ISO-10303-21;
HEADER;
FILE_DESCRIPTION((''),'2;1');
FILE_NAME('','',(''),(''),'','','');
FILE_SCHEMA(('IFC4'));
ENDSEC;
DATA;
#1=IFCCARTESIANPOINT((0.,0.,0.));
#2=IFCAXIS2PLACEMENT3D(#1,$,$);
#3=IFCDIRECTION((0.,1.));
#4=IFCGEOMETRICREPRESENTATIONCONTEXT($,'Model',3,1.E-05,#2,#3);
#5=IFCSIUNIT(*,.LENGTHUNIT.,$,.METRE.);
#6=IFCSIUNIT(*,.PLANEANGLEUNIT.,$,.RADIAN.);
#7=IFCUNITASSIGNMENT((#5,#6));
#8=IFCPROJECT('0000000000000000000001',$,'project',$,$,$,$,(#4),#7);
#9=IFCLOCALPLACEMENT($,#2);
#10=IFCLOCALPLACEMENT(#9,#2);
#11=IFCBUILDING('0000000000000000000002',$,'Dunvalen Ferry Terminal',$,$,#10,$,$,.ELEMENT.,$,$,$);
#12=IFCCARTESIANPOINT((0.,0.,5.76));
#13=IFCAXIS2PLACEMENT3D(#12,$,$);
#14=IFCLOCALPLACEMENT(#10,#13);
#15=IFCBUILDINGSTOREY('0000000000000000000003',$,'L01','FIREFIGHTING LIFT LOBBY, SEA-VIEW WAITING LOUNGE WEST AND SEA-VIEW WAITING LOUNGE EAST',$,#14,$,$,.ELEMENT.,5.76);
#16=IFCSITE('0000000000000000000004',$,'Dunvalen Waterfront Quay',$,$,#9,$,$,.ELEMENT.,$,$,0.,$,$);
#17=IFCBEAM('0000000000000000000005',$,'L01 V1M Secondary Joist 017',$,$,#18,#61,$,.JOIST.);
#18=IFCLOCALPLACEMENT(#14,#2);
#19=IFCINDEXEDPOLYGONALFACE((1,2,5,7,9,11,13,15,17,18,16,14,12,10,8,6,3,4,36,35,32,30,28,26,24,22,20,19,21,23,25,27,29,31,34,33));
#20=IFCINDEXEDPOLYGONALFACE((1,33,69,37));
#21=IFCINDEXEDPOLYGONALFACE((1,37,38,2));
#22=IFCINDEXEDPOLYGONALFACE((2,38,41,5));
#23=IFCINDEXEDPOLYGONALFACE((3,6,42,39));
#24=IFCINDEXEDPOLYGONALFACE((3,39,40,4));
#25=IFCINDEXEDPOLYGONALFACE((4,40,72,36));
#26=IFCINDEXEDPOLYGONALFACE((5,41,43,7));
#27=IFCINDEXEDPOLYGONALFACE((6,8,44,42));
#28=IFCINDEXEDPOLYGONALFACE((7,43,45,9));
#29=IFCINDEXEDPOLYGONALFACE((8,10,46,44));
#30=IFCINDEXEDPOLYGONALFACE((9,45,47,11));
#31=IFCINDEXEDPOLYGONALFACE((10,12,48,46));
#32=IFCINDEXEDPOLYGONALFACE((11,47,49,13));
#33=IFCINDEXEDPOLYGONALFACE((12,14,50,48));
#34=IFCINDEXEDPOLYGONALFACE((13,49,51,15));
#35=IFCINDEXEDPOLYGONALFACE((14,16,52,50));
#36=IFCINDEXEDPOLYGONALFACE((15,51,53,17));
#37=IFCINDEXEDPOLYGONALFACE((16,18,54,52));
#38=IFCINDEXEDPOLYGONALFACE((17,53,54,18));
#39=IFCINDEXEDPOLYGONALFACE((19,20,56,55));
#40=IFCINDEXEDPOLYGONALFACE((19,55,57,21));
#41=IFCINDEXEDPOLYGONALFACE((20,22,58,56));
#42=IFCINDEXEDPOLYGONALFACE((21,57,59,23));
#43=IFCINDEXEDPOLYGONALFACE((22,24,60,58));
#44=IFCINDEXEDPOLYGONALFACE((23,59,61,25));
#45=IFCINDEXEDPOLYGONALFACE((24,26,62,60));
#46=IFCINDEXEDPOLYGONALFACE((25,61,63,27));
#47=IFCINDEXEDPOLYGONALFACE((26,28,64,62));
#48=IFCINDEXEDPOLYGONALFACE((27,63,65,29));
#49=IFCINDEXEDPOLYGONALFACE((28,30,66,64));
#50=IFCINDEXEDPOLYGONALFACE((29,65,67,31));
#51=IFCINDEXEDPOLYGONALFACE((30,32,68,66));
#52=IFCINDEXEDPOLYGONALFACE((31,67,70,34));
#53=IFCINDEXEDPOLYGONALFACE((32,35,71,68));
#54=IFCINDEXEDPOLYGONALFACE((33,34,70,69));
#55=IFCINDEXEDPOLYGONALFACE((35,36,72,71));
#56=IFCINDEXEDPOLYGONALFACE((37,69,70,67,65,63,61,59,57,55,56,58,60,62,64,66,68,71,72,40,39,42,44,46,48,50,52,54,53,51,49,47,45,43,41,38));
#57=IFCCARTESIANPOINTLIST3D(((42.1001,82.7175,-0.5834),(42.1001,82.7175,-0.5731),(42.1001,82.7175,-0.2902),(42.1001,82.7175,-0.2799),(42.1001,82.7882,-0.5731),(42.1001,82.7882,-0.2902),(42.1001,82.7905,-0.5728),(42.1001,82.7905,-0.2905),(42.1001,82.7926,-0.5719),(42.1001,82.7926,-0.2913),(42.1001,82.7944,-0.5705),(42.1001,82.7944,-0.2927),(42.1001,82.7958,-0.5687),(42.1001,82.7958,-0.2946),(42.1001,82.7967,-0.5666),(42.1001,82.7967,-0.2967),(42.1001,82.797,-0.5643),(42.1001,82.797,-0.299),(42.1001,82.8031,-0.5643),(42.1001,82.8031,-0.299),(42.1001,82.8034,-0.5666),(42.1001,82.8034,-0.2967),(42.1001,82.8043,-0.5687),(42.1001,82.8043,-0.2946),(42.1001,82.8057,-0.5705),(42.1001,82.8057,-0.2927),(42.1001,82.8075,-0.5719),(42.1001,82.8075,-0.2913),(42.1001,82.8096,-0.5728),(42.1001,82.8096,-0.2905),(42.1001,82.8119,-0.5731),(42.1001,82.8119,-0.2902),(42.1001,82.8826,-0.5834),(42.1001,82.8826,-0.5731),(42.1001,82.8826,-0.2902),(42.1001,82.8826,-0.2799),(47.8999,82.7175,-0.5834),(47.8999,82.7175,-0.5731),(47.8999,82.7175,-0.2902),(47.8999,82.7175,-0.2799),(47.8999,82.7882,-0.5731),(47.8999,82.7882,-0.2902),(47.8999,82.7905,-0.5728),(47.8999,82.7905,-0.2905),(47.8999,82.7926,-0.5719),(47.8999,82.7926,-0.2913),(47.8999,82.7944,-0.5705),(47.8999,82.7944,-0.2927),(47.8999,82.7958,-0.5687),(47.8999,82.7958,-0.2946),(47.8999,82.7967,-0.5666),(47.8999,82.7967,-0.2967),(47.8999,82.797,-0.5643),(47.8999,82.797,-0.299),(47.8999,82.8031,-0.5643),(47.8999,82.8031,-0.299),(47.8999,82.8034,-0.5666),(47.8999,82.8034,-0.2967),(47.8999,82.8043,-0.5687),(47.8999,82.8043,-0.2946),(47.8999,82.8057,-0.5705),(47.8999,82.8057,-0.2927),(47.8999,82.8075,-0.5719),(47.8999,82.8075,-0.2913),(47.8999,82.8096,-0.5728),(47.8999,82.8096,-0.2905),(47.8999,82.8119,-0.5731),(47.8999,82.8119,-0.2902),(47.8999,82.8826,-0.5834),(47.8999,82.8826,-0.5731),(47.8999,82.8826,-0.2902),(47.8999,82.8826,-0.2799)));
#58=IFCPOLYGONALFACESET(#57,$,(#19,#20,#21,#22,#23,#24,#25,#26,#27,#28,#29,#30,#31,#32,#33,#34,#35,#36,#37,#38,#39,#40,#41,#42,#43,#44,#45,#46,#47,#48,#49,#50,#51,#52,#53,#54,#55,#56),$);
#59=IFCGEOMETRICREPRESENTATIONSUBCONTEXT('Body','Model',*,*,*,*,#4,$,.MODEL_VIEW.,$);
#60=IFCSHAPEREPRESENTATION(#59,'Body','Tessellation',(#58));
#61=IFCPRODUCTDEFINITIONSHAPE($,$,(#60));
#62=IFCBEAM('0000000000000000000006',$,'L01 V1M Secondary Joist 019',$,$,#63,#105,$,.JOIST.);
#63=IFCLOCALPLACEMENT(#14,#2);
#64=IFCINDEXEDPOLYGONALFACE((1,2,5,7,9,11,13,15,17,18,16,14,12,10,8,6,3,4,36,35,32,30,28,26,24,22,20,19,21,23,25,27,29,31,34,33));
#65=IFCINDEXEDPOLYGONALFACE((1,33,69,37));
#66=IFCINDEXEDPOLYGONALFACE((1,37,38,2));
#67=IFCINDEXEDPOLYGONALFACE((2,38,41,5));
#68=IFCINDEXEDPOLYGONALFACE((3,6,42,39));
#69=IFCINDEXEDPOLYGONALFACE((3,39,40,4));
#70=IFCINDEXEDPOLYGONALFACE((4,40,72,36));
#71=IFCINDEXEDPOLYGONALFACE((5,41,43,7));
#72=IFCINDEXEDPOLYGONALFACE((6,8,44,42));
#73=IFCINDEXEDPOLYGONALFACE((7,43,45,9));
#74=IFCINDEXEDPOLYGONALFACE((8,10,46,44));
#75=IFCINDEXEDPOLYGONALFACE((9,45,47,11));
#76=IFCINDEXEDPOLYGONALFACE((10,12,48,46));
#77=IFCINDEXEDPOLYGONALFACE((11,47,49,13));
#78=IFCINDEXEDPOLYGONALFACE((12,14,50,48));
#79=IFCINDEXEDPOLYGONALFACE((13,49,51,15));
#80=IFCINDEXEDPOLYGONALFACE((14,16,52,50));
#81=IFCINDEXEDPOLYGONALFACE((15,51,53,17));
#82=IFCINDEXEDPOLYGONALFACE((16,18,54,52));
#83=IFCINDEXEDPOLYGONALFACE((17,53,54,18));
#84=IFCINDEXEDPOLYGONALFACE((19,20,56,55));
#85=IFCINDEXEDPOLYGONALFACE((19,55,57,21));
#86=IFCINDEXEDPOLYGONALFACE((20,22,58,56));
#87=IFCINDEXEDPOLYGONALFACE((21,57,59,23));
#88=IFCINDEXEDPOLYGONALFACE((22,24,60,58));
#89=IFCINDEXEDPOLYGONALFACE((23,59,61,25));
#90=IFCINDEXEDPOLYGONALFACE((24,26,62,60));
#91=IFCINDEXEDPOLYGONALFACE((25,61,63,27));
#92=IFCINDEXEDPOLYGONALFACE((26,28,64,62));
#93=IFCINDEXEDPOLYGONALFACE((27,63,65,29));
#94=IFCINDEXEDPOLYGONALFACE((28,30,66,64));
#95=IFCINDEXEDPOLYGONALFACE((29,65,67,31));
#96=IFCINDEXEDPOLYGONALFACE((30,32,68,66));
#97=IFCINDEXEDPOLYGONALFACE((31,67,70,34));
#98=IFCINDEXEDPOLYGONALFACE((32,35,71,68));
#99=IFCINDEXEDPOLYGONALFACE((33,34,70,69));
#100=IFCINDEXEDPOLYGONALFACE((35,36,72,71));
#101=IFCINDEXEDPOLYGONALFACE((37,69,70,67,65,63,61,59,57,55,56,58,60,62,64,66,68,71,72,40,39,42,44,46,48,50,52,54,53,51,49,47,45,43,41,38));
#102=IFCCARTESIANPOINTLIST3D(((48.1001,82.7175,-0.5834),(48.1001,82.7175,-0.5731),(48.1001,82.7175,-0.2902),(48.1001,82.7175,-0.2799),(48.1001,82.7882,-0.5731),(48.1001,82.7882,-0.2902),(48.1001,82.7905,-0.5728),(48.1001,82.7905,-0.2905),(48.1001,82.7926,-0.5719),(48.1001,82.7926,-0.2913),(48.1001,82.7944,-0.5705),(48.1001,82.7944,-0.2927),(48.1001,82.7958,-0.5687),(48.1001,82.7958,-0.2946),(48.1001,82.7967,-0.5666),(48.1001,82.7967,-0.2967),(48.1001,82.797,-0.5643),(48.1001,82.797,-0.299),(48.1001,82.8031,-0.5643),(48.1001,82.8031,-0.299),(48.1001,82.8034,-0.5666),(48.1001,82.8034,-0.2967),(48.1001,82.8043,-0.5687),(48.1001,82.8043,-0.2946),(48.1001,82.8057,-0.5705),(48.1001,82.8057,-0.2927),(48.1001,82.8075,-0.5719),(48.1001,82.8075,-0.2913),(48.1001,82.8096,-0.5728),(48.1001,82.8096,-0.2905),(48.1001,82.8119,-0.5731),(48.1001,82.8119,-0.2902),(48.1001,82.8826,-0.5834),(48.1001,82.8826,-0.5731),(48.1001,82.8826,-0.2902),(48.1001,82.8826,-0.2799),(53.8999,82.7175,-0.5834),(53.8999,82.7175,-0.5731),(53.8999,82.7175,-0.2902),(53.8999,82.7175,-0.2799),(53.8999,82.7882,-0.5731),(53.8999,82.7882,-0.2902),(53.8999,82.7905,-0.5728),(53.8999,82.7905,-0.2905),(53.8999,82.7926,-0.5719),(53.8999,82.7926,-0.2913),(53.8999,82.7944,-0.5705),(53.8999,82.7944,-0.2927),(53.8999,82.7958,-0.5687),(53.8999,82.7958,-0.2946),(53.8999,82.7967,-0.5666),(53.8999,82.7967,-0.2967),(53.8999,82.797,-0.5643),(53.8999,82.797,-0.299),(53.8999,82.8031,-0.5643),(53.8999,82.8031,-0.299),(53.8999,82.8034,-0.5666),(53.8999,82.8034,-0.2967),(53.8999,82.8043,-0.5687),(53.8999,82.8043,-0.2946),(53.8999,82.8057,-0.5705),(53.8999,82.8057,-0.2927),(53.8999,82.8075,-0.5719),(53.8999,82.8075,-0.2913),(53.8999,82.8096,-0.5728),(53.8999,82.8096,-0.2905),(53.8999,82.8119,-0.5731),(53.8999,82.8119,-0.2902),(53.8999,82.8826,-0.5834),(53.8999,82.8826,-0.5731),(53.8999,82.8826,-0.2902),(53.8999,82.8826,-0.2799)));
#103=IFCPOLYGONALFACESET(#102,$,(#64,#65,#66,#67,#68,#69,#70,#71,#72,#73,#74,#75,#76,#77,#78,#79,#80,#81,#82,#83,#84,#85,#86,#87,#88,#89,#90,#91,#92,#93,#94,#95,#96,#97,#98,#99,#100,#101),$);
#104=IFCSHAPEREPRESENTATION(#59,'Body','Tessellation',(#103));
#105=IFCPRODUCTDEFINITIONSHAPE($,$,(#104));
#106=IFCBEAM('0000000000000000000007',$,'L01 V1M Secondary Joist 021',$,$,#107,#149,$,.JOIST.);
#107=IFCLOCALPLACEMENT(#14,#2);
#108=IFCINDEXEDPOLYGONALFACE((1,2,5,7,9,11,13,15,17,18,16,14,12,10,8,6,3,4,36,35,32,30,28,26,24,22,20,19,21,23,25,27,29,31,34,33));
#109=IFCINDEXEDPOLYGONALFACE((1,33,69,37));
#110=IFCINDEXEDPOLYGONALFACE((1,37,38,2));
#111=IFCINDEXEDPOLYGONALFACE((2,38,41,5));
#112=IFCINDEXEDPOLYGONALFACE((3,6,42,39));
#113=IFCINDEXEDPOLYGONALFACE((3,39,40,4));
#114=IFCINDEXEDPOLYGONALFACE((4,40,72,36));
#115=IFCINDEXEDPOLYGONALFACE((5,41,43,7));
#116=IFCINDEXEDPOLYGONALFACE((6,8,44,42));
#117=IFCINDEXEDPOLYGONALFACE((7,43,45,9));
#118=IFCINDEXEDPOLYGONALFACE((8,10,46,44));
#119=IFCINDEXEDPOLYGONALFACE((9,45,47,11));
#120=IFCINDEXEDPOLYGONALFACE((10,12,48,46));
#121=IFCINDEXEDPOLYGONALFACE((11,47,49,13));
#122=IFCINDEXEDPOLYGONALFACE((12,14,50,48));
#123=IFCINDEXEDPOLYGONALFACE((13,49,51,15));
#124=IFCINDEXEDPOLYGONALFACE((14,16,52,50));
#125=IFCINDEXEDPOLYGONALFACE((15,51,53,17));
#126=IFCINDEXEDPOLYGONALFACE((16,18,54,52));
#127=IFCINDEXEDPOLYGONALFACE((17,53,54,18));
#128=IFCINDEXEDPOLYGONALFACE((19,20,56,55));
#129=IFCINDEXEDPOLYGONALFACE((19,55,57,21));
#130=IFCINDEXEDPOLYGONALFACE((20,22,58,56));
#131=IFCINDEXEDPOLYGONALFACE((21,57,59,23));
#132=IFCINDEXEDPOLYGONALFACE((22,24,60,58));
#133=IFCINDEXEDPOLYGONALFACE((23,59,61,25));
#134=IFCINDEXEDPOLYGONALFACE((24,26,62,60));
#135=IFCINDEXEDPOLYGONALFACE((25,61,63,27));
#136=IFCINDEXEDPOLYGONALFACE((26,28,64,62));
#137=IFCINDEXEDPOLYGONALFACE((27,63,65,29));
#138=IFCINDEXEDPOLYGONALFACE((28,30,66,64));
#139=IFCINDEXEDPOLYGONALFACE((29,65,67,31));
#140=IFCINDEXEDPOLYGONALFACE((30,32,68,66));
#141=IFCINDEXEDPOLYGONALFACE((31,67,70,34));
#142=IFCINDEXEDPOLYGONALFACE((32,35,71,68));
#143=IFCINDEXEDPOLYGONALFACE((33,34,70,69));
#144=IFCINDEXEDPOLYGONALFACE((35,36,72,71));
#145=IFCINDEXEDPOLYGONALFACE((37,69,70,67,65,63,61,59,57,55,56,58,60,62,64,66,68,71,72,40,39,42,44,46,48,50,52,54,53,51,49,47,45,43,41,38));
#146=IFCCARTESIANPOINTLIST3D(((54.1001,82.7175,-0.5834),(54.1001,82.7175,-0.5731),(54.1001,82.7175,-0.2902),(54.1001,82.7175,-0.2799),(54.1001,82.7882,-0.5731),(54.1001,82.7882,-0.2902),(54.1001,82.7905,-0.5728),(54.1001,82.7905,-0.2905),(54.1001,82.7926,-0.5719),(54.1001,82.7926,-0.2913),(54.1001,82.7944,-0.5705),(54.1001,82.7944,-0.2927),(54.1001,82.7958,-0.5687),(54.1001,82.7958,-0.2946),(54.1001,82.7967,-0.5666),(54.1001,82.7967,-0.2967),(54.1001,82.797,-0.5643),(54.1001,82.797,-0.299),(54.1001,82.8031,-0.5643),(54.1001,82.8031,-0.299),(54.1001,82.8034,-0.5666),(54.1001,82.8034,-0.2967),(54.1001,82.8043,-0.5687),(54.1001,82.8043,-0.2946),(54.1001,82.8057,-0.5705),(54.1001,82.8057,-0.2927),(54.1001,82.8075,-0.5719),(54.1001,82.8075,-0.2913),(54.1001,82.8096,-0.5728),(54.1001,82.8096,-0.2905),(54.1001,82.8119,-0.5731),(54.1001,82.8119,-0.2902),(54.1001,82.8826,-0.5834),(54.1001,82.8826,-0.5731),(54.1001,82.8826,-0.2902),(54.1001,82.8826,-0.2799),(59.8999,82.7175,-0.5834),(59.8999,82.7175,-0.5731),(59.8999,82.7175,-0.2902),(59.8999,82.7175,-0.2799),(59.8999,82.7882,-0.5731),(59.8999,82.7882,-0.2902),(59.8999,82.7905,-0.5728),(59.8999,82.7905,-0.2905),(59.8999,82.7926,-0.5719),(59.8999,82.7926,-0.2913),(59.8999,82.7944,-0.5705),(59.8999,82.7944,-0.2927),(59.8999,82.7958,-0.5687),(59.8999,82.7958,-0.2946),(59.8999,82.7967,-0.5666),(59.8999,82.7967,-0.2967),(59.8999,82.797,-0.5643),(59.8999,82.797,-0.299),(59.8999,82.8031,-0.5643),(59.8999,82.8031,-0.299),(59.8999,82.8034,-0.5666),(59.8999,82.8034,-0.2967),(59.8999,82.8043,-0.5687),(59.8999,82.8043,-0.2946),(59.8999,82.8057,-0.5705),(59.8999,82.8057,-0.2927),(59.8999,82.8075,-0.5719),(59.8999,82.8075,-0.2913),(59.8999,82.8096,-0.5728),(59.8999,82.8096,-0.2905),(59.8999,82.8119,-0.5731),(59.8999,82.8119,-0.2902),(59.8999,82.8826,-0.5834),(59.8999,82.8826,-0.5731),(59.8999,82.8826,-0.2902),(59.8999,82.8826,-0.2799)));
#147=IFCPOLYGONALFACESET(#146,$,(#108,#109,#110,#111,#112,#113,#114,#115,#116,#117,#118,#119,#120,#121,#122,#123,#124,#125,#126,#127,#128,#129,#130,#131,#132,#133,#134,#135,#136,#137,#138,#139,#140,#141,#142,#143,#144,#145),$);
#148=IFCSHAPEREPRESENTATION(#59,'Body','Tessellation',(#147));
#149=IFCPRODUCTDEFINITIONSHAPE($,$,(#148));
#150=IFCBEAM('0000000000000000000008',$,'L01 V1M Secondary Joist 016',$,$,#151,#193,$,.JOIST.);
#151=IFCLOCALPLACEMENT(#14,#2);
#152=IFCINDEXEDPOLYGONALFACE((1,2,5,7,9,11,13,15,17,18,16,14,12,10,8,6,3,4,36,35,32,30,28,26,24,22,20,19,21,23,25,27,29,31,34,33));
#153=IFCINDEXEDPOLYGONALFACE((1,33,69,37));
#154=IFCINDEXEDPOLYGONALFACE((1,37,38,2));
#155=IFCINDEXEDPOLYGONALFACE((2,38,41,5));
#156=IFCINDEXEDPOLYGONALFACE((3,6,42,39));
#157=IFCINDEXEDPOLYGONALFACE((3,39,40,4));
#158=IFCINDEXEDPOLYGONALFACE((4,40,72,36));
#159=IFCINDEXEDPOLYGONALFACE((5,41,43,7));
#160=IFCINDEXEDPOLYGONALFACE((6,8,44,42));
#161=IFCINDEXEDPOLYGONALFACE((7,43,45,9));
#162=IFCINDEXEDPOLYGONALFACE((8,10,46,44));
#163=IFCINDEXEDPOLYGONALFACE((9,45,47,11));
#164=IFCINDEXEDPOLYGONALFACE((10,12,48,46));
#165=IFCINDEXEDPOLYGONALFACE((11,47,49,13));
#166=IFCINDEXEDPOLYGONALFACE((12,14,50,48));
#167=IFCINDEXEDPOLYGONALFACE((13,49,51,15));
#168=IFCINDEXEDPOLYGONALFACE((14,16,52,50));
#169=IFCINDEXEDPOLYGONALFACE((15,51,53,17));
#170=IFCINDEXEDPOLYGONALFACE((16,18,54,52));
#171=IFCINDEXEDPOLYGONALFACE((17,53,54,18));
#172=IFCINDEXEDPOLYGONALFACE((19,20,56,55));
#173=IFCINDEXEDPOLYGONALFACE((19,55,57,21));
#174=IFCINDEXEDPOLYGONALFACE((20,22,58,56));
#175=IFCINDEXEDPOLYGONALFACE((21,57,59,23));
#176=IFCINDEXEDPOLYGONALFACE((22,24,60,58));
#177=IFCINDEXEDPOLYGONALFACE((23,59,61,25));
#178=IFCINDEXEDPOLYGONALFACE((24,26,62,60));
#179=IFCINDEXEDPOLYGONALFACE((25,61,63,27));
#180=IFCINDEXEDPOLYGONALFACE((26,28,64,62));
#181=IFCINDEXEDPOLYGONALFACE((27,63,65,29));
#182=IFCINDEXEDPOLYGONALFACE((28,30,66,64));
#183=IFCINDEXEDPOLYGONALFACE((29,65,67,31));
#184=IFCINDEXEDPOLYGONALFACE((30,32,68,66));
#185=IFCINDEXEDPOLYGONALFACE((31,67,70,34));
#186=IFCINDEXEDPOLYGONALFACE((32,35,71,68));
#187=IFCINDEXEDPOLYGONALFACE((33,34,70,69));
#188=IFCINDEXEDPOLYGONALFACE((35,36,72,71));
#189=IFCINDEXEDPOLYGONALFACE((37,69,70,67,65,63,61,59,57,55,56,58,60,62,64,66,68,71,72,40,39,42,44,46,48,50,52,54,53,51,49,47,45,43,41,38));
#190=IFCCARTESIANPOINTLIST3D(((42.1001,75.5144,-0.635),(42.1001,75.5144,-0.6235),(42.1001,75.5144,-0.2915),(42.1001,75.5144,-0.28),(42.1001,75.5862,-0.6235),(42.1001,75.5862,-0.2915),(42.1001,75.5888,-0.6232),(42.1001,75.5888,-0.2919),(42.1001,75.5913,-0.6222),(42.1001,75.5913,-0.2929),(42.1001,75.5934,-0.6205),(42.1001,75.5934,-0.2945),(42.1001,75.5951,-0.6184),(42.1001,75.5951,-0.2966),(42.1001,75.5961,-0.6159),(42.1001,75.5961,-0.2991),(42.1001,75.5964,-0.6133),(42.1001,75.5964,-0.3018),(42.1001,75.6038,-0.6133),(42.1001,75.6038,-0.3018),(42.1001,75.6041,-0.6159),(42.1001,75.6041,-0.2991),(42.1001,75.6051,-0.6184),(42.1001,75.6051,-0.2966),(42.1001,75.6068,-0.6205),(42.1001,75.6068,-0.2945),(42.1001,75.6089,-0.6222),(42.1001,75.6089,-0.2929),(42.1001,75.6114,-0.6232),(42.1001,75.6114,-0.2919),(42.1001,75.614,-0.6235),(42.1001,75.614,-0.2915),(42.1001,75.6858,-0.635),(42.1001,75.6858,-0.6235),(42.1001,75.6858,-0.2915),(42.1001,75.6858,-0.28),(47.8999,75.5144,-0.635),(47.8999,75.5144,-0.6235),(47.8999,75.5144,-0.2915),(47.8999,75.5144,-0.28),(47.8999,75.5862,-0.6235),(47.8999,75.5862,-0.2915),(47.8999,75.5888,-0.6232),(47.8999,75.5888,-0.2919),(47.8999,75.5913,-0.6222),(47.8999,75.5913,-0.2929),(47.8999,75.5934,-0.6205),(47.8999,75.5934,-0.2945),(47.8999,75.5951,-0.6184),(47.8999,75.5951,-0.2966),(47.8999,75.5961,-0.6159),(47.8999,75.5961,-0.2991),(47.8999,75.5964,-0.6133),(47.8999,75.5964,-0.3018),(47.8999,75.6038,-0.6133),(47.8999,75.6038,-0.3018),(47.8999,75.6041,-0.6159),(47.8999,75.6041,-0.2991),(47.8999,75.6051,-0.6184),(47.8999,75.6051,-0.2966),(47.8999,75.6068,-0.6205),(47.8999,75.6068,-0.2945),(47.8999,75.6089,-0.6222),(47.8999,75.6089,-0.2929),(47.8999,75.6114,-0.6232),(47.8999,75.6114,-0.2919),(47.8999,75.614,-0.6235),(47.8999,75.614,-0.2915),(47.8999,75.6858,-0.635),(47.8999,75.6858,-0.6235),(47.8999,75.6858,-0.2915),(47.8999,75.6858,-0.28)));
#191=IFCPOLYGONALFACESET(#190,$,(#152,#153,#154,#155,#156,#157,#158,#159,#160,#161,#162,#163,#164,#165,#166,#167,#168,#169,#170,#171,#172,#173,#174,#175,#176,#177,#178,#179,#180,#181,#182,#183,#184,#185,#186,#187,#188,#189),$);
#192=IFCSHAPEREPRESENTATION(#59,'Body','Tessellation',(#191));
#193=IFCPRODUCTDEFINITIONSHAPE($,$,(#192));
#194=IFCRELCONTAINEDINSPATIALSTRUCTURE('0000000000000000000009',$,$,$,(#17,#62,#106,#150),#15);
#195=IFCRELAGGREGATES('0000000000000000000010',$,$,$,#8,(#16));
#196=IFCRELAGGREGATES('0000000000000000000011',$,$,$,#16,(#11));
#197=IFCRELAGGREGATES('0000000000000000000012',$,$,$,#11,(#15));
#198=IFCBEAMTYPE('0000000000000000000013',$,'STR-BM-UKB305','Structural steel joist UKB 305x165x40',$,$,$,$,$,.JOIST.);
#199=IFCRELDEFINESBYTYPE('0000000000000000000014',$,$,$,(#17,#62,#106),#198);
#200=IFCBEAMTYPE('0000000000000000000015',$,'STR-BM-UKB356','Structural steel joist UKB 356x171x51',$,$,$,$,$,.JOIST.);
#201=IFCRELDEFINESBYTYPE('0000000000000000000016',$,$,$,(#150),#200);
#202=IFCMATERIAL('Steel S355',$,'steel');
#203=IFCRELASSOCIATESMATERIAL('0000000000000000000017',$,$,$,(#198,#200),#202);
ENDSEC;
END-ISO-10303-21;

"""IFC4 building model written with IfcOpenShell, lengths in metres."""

from ifc_helpers import new_model, si_unit, direction, frame, origin, origin_2d, place, context, subcontext, project, spatial, i_section, extrude, material, material_profile, profile_set, type_object, element, save


model = new_model("IFC4")

# Units and contexts
model_context = context("Model", 3, precision=1e-05, world=origin(), true_north=direction((0.0, 1.0)))
body_context = subcontext(model_context, "Body", "Model", "MODEL_VIEW")
ifc_project = project(units=[si_unit("LENGTHUNIT", "METRE"), si_unit("PLANEANGLEUNIT", "RADIAN")], contexts=[model_context])

# Site, building, storey
site_placement = place(None, origin())
site = spatial("IfcSite", under=ifc_project, at=site_placement, Name="Dunvalen Waterfront Quay", CompositionType="ELEMENT", RefElevation=0.0)
building_placement = place(site_placement, origin())
building = spatial("IfcBuilding", under=site, at=building_placement, Name="Dunvalen Ferry Terminal", CompositionType="ELEMENT")
storey_placement = place(building_placement, frame((0.0, 0.0, 5.76)))
storey = spatial("IfcBuildingStorey", under=building, at=storey_placement, Name="L01", Description="FIREFIGHTING LIFT LOBBY, SEA-VIEW WAITING LOUNGE WEST AND SEA-VIEW WAITING LOUNGE EAST", CompositionType="ELEMENT", Elevation=5.76)

# Beams
ifc_material_1 = material(Name="Steel S355", Category="steel")
ifc_material_profile_1 = material_profile(ifc_material_1, i_section(OverallWidth=0.165, OverallDepth=0.3035, WebThickness=0.0061, FlangeThickness=0.0103, FilletRadius=0.0088, at=origin_2d()), Name="Steel S355")
ifc_profile_set_1 = profile_set([ifc_material_profile_1], Name="Steel S355")
beam_type_1 = type_object("IfcBeamType", Name="STR-BM-UKB305", Description="Structural steel joist UKB 305x165x40", PredefinedType="JOIST", material=ifc_profile_set_1)
for number, where, z_axis, x_axis, name in (
    (1, (42.1001, 82.8, -0.4316), (1.0, 0.0, 0.0), (0.0, 1.0, 0.0), "L01 V1M Secondary Joist 017"),
    (2, (48.1001, 82.8, -0.4316), (1.0, 0.0, 0.0), (0.0, 1.0, 0.0), "L01 V1M Secondary Joist 019"),
    (3, (54.1001, 82.8, -0.4316), (1.0, 0.0, 0.0), (0.0, 1.0, 0.0), "L01 V1M Secondary Joist 021"),
):
    element("IfcBeam", number, at=place(storey_placement, frame(where, z_axis=z_axis, x_axis=x_axis)), inside=storey, type_object=beam_type_1, Name=name, PredefinedType="JOIST", context=body_context, shape_type="SweptSolid", body=[
        extrude(i_section(OverallWidth=0.165, OverallDepth=0.3035, WebThickness=0.0061, FlangeThickness=0.0103, FilletRadius=0.0088, at=origin_2d()), origin(), (0.0, 0.0, 1.0), 5.7998),
    ])
ifc_material_profile_2 = material_profile(ifc_material_1, i_section(OverallWidth=0.1714, OverallDepth=0.355, WebThickness=0.0073, FlangeThickness=0.0115, FilletRadius=0.0103, at=origin_2d()), Name="Steel S355")
ifc_profile_set_2 = profile_set([ifc_material_profile_2], Name="Steel S355")
beam_type_2 = type_object("IfcBeamType", Name="STR-BM-UKB356", Description="Structural steel joist UKB 356x171x51", PredefinedType="JOIST", material=ifc_profile_set_2)
for number, where, z_axis, x_axis, name in (
    (4, (42.1001, 75.6001, -0.4575), (1.0, 0.0, 0.0), (0.0, 1.0, 0.0), "L01 V1M Secondary Joist 016"),
):
    element("IfcBeam", number, at=place(storey_placement, frame(where, z_axis=z_axis, x_axis=x_axis)), inside=storey, type_object=beam_type_2, Name=name, PredefinedType="JOIST", context=body_context, shape_type="SweptSolid", body=[
        extrude(i_section(OverallWidth=0.1714, OverallDepth=0.355, WebThickness=0.0073, FlangeThickness=0.0115, FilletRadius=0.0103, at=origin_2d()), origin(), (0.0, 0.0, 1.0), 5.7998),
    ])

save(model, "model.ifc")
